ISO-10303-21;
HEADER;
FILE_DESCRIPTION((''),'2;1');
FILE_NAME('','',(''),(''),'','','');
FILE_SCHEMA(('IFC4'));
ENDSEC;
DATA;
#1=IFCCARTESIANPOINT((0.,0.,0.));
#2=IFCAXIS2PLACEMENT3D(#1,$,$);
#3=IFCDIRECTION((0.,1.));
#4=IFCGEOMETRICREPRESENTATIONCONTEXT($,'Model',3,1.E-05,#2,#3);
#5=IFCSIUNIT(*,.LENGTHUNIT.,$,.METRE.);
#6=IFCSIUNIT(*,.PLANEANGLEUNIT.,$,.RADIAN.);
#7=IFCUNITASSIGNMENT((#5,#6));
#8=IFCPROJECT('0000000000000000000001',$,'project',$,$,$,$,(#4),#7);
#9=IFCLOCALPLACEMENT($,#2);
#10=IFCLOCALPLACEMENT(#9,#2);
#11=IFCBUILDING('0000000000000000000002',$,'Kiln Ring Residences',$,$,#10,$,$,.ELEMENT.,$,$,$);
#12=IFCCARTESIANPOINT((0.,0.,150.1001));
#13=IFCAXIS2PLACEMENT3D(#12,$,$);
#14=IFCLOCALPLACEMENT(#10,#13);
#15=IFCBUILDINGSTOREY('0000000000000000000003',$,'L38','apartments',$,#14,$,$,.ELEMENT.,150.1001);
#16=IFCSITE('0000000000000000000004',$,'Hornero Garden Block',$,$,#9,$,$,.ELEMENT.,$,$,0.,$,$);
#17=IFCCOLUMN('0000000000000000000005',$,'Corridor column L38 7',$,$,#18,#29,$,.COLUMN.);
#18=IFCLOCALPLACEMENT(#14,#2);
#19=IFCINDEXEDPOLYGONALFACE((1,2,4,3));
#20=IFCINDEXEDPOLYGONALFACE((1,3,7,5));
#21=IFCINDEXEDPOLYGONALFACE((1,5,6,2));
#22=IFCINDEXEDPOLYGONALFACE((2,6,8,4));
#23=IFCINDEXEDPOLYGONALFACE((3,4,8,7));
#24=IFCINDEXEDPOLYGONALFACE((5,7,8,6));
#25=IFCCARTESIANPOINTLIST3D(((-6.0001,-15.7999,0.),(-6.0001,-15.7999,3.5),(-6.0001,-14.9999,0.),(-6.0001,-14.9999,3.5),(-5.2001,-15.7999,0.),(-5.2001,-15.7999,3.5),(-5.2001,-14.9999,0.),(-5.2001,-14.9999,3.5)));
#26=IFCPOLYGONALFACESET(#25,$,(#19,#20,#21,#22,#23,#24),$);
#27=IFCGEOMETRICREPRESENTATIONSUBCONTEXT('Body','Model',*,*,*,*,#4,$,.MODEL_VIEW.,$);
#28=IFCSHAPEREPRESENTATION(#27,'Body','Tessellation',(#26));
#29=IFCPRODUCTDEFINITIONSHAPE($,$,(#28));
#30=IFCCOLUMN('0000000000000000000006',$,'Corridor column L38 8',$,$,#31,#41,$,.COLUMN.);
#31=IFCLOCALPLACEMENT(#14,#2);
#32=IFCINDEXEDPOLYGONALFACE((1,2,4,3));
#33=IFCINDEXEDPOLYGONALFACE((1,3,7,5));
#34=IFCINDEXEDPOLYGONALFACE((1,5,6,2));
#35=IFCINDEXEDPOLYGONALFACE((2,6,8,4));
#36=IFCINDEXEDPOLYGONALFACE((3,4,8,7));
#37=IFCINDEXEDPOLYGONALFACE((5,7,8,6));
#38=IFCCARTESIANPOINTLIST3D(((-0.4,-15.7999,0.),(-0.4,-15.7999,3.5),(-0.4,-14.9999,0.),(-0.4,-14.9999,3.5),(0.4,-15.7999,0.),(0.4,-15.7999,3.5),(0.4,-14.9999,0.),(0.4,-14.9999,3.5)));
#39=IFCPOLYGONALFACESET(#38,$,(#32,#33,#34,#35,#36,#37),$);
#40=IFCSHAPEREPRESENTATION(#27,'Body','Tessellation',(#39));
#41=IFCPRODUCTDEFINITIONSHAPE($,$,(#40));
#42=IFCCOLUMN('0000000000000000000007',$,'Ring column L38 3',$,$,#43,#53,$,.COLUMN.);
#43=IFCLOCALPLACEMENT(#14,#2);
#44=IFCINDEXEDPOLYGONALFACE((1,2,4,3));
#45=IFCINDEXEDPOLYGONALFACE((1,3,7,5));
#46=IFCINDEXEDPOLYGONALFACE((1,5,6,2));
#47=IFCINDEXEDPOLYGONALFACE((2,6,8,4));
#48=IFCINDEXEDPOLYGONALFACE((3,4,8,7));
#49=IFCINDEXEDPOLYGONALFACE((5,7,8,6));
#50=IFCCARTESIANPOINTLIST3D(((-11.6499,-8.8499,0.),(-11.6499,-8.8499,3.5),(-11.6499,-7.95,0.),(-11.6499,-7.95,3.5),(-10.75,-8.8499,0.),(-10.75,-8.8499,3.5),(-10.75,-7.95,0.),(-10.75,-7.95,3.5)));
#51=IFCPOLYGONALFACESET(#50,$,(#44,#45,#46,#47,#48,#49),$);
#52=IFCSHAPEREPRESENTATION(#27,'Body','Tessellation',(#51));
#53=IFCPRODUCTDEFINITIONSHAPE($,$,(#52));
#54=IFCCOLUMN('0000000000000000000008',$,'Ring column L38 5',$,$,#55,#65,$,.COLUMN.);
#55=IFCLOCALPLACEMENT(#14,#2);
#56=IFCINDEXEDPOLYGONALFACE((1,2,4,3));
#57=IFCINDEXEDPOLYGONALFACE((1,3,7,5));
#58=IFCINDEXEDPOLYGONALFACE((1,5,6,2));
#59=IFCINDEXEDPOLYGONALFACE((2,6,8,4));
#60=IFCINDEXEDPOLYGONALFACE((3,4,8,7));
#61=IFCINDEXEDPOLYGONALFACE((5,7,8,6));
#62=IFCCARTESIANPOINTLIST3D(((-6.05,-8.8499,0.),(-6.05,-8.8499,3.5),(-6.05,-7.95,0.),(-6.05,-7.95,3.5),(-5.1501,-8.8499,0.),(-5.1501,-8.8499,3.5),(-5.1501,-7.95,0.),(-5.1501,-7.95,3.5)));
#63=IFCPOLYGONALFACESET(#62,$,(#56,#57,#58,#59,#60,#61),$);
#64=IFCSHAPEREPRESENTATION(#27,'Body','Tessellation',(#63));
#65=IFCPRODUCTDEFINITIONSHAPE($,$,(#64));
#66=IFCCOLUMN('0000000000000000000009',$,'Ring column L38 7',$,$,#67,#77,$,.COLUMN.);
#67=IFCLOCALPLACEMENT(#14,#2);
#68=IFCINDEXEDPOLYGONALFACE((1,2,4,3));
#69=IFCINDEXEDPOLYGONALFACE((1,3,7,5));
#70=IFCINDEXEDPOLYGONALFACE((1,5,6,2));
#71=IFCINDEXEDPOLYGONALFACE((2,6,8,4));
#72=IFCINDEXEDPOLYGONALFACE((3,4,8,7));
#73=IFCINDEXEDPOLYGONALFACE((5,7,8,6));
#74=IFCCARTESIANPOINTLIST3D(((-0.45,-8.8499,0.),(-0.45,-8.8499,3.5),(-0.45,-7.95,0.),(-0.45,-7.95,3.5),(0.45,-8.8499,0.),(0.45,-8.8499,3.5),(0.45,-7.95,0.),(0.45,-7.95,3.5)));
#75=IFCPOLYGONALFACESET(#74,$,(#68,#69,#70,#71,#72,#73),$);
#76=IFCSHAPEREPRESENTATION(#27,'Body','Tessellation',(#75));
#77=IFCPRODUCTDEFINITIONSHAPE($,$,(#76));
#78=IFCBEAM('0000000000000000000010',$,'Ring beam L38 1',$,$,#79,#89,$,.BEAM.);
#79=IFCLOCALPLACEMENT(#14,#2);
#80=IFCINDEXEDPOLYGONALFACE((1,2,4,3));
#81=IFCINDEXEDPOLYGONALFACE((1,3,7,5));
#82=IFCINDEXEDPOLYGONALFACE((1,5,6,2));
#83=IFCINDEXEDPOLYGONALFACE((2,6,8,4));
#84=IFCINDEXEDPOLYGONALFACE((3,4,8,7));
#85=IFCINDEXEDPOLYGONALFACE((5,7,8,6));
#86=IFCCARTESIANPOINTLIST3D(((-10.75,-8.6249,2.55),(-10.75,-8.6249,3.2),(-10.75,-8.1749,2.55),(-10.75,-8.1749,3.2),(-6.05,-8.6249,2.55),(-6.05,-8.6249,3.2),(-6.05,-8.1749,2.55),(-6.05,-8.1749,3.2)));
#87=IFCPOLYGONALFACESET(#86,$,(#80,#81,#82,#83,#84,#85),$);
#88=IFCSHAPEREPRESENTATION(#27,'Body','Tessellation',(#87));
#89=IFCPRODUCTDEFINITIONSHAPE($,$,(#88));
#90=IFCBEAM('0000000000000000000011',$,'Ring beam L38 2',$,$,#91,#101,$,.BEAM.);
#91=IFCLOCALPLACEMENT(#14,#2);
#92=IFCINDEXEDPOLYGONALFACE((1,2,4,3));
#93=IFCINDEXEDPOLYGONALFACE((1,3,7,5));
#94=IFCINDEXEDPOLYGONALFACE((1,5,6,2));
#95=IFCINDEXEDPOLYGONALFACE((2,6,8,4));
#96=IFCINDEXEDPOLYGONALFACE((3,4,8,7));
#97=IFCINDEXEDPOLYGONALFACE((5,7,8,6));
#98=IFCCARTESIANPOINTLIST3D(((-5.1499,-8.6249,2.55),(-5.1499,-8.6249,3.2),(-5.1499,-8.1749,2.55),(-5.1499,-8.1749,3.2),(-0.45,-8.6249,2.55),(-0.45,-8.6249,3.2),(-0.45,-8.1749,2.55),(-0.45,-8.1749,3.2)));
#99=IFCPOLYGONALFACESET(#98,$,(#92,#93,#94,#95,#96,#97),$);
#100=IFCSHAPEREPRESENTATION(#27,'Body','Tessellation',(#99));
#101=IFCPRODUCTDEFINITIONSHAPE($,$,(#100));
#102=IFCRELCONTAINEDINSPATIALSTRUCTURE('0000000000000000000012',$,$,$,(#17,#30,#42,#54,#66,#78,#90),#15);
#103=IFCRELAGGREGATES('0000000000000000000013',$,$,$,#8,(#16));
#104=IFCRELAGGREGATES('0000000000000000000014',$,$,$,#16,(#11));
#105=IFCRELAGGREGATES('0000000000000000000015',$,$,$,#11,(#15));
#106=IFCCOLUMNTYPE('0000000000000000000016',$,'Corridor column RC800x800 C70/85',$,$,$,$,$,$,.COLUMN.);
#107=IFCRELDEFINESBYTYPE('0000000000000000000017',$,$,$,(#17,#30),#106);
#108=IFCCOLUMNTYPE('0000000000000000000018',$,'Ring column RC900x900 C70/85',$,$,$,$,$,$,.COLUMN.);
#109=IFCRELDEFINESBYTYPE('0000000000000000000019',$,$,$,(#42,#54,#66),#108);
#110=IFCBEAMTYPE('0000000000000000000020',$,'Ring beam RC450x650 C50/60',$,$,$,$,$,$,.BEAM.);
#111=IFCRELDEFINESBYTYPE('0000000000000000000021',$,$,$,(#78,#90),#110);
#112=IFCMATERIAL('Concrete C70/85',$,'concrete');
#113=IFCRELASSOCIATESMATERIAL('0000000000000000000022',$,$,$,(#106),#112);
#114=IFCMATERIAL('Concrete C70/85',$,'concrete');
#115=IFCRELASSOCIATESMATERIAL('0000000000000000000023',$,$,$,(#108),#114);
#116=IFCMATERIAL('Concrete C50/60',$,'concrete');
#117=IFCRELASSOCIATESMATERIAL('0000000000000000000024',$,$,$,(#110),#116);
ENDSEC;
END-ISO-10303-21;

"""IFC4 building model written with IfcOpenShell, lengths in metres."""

from ifc_helpers import new_model, si_unit, direction, frame, origin, origin_2d, place, context, subcontext, project, spatial, rectangle, extrude, material, material_profile, profile_set, type_object, element, save


model = new_model("IFC4")

# Units and contexts
model_context = context("Model", 3, precision=1e-05, world=origin(), true_north=direction((0.0, 1.0)))
body_context = subcontext(model_context, "Body", "Model", "MODEL_VIEW")
ifc_project = project(units=[si_unit("LENGTHUNIT", "METRE"), si_unit("PLANEANGLEUNIT", "RADIAN")], contexts=[model_context])

# Site, building, storey
site_placement = place(None, origin())
site = spatial("IfcSite", under=ifc_project, at=site_placement, Name="Hornero Garden Block", CompositionType="ELEMENT", RefElevation=0.0)
building_placement = place(site_placement, origin())
building = spatial("IfcBuilding", under=site, at=building_placement, Name="Kiln Ring Residences", CompositionType="ELEMENT")
storey_placement = place(building_placement, frame((0.0, 0.0, 150.1001)))
storey = spatial("IfcBuildingStorey", under=building, at=storey_placement, Name="L38", Description="apartments", CompositionType="ELEMENT", Elevation=150.1001)

# Columns
ifc_material_1 = material(Name="Concrete C70/85", Category="concrete")
ifc_material_profile_1 = material_profile(ifc_material_1, rectangle(XDim=0.8, YDim=0.8, at=origin_2d()), Name="RC800x800")
ifc_profile_set_1 = profile_set([ifc_material_profile_1], Name="Concrete C70/85")
column_type_1 = type_object("IfcColumnType", Name="Corridor column RC800x800 C70/85", PredefinedType="COLUMN", material=ifc_profile_set_1)
for number, where, z_axis, x_axis, name in (
    (1, (-5.6001, -15.3999, 0.0), (0.0, 0.0, 1.0), (1.0, 0.0, 0.0), "Corridor column L38 7"),
    (2, (0.0, -15.3999, 0.0), (0.0, 0.0, 1.0), (1.0, 0.0, 0.0), "Corridor column L38 8"),
):
    element("IfcColumn", number, at=place(storey_placement, frame(where, z_axis=z_axis, x_axis=x_axis)), inside=storey, type_object=column_type_1, Name=name, PredefinedType="COLUMN", context=body_context, shape_type="SweptSolid", body=[
        extrude(rectangle(XDim=0.8, YDim=0.8, at=origin_2d()), origin(), (0.0, 0.0, 1.0), 3.5),
    ])
ifc_material_2 = material(Name="Concrete C70/85", Category="concrete")
ifc_material_profile_2 = material_profile(ifc_material_2, rectangle(XDim=0.8999, YDim=0.8999, at=origin_2d()), Name="RC900x900")
ifc_profile_set_2 = profile_set([ifc_material_profile_2], Name="Concrete C70/85")
column_type_2 = type_object("IfcColumnType", Name="Ring column RC900x900 C70/85", PredefinedType="COLUMN", material=ifc_profile_set_2)
for number, where, z_axis, x_axis, name in (
    (3, (-11.2, -8.3999, 0.0), (0.0, 0.0, 1.0), (1.0, 0.0, 0.0), "Ring column L38 3"),
    (4, (-5.6001, -8.3999, 0.0), (0.0, 0.0, 1.0), (1.0, 0.0, 0.0), "Ring column L38 5"),
    (5, (0.0, -8.3999, 0.0), (0.0, 0.0, 1.0), (1.0, 0.0, 0.0), "Ring column L38 7"),
):
    element("IfcColumn", number, at=place(storey_placement, frame(where, z_axis=z_axis, x_axis=x_axis)), inside=storey, type_object=column_type_2, Name=name, PredefinedType="COLUMN", context=body_context, shape_type="SweptSolid", body=[
        extrude(rectangle(XDim=0.8999, YDim=0.8999, at=origin_2d()), origin(), (0.0, 0.0, 1.0), 3.5),
    ])

# Beams
ifc_material_3 = material(Name="Concrete C50/60", Category="concrete")
ifc_material_profile_3 = material_profile(ifc_material_3, rectangle(XDim=0.45, YDim=0.6499, at=origin_2d()), Name="RC450x650")
ifc_profile_set_3 = profile_set([ifc_material_profile_3], Name="Concrete C50/60")
beam_type = type_object("IfcBeamType", Name="Ring beam RC450x650 C50/60", PredefinedType="BEAM", material=ifc_profile_set_3)
for number, where, z_axis, x_axis, name in (
    (6, (-10.75, -8.3999, 2.875), (1.0, 0.0, 0.0), (0.0, 1.0, 0.0), "Ring beam L38 1"),
    (7, (-5.1499, -8.3999, 2.875), (1.0, 0.0, 0.0), (0.0, 1.0, 0.0), "Ring beam L38 2"),
):
    element("IfcBeam", number, at=place(storey_placement, frame(where, z_axis=z_axis, x_axis=x_axis)), inside=storey, type_object=beam_type, Name=name, PredefinedType="BEAM", context=body_context, shape_type="SweptSolid", body=[
        extrude(rectangle(XDim=0.45, YDim=0.6499, at=origin_2d()), origin(), (0.0, 0.0, 1.0), 4.7),
    ])

save(model, "model.ifc")
